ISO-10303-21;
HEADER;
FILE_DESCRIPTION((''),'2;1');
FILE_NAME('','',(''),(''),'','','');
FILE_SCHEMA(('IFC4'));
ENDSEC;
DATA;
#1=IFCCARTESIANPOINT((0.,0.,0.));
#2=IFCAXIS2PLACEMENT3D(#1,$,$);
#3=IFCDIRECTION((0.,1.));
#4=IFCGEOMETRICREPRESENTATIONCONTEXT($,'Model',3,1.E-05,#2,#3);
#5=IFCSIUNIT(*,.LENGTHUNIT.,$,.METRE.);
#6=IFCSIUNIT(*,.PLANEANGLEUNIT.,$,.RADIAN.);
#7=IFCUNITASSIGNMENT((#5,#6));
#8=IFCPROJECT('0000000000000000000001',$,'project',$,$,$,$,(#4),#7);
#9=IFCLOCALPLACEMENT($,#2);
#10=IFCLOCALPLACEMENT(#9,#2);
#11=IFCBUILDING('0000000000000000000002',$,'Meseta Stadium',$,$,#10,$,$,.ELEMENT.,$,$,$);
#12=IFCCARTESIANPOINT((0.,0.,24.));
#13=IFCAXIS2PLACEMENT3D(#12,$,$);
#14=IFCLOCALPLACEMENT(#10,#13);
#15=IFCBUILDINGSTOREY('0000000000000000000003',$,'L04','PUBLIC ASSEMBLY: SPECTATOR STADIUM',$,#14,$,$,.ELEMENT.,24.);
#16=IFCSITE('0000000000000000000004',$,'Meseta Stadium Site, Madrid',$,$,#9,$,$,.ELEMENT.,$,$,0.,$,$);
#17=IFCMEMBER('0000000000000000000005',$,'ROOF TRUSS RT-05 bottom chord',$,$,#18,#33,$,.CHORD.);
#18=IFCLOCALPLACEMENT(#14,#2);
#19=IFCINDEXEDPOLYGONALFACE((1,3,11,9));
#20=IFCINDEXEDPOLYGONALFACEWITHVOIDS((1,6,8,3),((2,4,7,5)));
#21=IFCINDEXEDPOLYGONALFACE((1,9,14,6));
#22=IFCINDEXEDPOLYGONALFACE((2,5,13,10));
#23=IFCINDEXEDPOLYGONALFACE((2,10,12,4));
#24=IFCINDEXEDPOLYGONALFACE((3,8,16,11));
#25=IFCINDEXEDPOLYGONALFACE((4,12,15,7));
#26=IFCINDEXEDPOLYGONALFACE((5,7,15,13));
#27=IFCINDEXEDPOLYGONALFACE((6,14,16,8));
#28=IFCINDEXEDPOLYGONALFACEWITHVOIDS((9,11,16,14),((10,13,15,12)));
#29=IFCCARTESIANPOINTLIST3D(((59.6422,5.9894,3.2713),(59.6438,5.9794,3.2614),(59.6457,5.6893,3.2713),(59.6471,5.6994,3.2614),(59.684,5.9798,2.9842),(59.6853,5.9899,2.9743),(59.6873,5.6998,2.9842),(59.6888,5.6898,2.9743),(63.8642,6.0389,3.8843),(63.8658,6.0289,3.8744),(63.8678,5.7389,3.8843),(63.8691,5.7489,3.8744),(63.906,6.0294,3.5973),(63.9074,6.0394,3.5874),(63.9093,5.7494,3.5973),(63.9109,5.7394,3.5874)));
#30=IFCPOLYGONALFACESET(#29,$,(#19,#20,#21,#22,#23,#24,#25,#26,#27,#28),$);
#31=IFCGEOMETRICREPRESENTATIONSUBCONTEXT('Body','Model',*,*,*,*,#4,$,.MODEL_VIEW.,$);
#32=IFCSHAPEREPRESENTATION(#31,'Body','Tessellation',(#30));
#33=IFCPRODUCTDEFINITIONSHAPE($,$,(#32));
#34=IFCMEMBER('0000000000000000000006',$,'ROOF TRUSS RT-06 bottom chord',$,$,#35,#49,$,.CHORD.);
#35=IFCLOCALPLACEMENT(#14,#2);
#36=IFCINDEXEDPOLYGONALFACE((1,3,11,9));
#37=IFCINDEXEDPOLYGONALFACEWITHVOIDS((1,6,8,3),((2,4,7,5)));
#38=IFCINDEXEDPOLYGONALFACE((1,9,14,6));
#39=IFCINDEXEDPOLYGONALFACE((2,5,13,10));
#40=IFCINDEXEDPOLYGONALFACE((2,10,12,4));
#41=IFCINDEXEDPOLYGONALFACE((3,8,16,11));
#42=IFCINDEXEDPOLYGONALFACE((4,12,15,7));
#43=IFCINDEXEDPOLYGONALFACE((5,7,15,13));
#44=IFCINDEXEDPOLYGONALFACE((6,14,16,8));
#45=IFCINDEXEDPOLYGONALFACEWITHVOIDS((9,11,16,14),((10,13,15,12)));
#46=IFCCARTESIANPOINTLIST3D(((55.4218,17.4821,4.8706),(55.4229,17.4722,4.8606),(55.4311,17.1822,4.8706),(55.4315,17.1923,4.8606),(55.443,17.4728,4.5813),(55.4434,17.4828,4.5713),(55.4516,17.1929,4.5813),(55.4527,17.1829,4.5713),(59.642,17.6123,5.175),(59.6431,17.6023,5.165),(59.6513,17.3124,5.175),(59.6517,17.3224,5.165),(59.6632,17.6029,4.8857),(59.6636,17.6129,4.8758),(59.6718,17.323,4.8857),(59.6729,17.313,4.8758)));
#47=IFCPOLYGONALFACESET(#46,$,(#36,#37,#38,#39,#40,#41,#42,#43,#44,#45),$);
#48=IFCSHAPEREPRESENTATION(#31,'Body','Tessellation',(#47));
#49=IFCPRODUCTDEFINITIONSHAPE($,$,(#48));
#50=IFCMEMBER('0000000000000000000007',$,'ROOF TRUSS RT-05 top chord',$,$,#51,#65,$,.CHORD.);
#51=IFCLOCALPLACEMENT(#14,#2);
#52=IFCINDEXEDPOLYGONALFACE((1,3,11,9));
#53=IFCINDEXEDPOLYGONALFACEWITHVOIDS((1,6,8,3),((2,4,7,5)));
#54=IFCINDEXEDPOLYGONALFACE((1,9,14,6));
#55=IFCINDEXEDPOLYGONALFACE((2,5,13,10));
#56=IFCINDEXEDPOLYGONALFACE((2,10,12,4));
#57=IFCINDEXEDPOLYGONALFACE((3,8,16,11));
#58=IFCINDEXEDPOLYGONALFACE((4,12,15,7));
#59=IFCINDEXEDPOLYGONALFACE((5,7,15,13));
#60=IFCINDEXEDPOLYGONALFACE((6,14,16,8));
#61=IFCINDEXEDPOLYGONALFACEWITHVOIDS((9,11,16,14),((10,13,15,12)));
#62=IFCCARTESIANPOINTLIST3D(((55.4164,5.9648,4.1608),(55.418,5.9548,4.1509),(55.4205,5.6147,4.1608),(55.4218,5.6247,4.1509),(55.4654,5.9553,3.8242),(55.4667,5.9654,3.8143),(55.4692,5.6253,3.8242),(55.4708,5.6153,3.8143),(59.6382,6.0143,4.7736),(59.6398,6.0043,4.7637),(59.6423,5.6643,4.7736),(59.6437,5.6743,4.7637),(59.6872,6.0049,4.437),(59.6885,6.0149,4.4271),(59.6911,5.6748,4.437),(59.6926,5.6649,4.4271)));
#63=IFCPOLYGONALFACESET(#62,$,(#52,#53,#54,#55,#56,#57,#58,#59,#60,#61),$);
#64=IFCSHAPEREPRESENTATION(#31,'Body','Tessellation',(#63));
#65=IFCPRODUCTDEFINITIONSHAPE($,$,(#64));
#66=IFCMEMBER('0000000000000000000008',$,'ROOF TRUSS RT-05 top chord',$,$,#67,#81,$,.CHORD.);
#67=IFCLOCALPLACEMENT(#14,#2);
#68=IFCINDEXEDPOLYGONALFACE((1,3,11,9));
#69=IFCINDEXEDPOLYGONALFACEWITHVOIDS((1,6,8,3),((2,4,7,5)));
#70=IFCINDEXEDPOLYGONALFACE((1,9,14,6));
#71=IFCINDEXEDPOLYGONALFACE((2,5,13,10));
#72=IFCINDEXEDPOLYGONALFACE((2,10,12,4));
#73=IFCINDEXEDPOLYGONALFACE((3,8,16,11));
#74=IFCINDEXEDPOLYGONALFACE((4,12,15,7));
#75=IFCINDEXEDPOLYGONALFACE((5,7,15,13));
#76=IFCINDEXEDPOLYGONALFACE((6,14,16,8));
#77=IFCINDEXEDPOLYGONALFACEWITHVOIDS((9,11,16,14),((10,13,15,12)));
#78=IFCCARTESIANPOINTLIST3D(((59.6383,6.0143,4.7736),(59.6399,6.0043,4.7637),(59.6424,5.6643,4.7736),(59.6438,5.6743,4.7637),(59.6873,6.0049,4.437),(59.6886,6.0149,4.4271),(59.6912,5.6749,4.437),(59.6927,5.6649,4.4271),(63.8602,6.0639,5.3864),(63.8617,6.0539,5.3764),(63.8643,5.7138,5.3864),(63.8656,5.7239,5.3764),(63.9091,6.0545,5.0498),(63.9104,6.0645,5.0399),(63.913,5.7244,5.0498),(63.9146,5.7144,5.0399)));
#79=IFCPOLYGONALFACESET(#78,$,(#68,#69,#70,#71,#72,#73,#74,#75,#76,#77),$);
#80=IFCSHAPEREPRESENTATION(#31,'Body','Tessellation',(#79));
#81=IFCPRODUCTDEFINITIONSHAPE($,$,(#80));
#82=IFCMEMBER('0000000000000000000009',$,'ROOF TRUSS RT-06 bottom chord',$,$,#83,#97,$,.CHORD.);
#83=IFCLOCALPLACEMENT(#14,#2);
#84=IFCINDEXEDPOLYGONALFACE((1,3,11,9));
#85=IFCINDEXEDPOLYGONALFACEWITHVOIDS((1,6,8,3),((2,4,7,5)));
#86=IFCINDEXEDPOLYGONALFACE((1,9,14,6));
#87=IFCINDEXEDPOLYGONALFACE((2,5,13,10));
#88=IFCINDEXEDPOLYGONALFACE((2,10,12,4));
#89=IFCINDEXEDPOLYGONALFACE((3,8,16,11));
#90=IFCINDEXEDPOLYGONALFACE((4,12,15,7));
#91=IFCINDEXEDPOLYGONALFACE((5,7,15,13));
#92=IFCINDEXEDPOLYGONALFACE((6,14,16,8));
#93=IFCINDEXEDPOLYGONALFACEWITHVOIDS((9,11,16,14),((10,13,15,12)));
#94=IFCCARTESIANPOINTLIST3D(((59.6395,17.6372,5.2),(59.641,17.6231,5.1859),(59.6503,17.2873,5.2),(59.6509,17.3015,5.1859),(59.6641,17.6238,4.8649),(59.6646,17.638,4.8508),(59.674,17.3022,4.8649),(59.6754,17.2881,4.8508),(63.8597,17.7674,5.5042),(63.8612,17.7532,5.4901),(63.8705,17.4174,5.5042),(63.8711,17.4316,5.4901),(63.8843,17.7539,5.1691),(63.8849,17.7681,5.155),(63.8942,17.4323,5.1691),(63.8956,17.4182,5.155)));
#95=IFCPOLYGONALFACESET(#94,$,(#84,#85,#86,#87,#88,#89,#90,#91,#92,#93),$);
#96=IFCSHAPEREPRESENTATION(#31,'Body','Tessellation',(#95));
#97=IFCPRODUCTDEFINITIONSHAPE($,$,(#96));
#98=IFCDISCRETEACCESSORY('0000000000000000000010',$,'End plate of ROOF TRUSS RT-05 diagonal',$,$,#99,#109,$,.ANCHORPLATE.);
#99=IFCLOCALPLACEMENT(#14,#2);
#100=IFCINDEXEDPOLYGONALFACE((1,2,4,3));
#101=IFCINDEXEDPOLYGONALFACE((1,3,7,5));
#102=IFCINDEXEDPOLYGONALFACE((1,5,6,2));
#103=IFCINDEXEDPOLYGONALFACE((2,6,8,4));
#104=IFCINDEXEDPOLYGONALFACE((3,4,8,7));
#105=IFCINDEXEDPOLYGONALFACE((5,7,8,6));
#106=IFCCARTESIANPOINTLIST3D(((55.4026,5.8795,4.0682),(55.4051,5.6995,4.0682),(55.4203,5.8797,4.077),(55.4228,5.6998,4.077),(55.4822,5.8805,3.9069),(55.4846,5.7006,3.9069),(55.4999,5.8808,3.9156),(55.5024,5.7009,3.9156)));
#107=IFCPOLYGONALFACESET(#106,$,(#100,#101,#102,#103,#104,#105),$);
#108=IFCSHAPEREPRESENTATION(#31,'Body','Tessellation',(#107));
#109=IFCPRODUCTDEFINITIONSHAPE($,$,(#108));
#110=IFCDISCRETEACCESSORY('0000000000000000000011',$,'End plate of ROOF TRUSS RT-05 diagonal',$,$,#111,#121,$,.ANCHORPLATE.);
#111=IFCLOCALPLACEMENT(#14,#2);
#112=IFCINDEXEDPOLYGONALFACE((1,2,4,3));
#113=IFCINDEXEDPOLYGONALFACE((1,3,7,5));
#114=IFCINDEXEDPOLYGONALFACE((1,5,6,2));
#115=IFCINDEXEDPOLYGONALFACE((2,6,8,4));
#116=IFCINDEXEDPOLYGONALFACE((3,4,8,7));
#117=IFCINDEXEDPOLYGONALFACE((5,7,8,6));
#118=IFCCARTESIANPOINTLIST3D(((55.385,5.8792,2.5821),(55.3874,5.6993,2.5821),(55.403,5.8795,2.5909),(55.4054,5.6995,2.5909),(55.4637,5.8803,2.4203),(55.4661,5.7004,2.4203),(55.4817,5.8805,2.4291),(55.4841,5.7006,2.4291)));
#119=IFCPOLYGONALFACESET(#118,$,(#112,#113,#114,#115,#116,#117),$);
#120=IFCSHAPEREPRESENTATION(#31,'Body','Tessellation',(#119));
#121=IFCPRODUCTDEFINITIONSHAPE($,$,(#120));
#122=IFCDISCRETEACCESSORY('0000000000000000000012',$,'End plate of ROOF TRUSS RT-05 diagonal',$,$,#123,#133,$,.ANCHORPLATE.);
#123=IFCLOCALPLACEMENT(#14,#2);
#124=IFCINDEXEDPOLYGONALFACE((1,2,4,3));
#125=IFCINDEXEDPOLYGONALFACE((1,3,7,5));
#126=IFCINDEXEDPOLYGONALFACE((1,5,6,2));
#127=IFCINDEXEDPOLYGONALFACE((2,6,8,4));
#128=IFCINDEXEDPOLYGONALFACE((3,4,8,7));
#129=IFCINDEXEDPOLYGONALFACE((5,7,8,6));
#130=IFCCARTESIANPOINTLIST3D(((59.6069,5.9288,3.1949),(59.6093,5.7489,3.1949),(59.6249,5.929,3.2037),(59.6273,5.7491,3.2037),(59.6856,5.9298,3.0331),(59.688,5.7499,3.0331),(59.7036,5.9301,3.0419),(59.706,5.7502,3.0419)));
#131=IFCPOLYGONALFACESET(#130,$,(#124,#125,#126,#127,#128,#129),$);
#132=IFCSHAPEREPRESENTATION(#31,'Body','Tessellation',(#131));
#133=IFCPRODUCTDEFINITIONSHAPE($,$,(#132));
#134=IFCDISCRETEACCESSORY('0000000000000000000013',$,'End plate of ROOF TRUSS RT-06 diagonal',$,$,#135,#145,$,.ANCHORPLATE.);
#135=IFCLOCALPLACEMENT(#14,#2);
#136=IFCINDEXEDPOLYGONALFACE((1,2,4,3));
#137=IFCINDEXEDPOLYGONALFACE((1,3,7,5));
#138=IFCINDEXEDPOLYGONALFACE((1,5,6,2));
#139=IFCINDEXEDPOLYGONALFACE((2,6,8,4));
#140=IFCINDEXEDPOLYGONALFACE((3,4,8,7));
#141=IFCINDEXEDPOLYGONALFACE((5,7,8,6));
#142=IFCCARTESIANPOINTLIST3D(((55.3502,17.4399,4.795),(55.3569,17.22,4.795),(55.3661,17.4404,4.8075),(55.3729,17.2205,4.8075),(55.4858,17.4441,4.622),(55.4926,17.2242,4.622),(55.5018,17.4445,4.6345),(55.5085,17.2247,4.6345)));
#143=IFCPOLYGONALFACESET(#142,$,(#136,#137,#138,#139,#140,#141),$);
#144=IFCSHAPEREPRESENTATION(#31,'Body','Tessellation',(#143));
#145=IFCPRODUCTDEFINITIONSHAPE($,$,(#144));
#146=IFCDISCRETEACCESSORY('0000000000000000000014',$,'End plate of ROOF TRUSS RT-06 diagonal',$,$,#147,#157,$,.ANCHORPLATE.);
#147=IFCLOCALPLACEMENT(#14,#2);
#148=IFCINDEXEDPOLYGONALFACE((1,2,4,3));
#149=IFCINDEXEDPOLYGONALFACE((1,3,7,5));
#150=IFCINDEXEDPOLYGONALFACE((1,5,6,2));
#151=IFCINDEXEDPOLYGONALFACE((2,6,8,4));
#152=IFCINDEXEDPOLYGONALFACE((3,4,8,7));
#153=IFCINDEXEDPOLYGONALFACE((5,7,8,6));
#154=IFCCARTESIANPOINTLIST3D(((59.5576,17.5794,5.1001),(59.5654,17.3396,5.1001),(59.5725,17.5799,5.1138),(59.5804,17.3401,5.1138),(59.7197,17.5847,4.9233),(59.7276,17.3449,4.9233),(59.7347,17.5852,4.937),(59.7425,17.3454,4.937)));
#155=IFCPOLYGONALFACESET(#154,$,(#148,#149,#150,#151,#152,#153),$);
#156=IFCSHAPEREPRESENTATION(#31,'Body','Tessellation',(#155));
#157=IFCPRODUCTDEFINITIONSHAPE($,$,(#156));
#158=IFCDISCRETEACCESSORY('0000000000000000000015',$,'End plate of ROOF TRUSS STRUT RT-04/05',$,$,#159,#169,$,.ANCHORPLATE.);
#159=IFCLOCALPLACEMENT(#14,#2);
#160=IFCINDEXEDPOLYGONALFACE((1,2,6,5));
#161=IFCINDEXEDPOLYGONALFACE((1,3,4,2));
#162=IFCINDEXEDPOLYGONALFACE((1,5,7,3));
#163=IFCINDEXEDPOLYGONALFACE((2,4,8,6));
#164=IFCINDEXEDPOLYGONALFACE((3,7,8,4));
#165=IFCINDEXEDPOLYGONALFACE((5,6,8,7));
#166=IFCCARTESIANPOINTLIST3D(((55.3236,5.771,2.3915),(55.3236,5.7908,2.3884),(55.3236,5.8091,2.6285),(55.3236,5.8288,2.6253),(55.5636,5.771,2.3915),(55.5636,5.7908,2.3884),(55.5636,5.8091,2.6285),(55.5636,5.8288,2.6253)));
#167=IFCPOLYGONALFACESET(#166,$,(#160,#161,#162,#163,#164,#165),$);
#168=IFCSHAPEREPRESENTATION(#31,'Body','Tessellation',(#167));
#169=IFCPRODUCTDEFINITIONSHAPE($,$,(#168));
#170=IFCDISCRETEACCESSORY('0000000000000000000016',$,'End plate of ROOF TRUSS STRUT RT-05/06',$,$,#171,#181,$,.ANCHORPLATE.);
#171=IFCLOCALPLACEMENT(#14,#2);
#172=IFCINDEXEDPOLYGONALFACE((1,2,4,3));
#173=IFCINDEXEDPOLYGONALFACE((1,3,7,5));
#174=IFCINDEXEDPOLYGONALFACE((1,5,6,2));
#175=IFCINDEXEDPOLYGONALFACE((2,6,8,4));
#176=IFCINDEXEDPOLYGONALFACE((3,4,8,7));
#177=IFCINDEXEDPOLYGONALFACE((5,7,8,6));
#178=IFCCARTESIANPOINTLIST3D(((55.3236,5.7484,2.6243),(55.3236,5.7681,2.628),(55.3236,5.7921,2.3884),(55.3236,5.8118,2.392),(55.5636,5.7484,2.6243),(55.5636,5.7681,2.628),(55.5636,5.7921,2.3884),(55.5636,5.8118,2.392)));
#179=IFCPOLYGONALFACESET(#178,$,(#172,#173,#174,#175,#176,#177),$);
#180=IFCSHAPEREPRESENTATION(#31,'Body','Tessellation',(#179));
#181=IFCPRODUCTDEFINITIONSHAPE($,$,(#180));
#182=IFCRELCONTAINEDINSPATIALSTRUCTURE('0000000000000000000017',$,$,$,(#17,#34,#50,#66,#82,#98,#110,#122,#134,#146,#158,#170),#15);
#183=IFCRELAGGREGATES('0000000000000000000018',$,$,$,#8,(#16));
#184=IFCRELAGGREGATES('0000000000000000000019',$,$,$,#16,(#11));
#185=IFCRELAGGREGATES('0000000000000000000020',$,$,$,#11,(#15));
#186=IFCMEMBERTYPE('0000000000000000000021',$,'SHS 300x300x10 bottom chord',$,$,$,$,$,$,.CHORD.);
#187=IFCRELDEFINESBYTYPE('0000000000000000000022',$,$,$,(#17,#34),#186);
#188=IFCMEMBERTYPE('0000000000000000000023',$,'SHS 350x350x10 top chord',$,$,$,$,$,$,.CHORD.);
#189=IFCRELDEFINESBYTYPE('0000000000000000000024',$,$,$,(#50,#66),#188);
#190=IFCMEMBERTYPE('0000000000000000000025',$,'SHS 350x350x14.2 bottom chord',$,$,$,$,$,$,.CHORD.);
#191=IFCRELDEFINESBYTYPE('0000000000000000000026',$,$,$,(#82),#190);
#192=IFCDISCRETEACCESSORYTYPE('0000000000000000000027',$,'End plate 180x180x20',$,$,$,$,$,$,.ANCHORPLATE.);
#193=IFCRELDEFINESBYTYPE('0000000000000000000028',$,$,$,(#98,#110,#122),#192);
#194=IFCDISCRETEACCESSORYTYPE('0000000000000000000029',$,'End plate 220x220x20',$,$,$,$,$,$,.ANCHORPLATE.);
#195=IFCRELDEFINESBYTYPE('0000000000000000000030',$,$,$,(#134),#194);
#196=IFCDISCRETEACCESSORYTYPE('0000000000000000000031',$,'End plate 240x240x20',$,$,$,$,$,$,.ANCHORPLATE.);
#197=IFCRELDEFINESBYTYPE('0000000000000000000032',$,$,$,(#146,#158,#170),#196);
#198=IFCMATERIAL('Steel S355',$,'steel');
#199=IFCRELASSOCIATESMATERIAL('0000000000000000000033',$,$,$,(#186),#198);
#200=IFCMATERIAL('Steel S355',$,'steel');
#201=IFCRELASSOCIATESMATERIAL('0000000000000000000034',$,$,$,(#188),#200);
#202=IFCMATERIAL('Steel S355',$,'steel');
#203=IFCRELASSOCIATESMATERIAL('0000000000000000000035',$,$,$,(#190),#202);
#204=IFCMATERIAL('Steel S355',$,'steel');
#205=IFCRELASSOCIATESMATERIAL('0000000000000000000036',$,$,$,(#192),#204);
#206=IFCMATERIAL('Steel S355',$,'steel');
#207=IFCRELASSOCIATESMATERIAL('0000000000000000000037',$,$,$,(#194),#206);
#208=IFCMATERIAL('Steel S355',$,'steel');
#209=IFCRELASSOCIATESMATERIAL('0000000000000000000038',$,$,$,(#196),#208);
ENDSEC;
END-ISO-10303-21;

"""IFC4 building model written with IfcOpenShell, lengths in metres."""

from ifc_helpers import new_model, si_unit, direction, frame, origin, origin_2d, place, context, subcontext, project, spatial, rectangle, hollow_rectangle, extrude, material, material_profile, profile_set, type_object, element, save


model = new_model("IFC4")

# Units and contexts
model_context = context("Model", 3, precision=1e-05, world=origin(), true_north=direction((0.0, 1.0)))
body_context = subcontext(model_context, "Body", "Model", "MODEL_VIEW")
ifc_project = project(units=[si_unit("LENGTHUNIT", "METRE"), si_unit("PLANEANGLEUNIT", "RADIAN")], contexts=[model_context])

# Site, building, storey
site_placement = place(None, origin())
site = spatial("IfcSite", under=ifc_project, at=site_placement, Name="Meseta Stadium Site, Madrid", CompositionType="ELEMENT", RefElevation=0.0)
building_placement = place(site_placement, origin())
building = spatial("IfcBuilding", under=site, at=building_placement, Name="Meseta Stadium", CompositionType="ELEMENT")
storey_placement = place(building_placement, frame((0.0, 0.0, 24.0)))
storey = spatial("IfcBuildingStorey", under=building, at=storey_placement, Name="L04", Description="PUBLIC ASSEMBLY: SPECTATOR STADIUM", CompositionType="ELEMENT", Elevation=24.0)

# Members
ifc_material_1 = material(Name="Steel S355", Category="steel")
ifc_material_profile_1 = material_profile(ifc_material_1, hollow_rectangle(XDim=0.3, YDim=0.3, WallThickness=0.01, at=origin_2d()), Name="SHS 300x300x10")
ifc_profile_set_1 = profile_set([ifc_material_profile_1], Name="Steel S355")
member_type_1 = type_object("IfcMemberType", Name="SHS 300x300x10 bottom chord", PredefinedType="CHORD", material=ifc_profile_set_1)
member_1_placement = place(storey_placement, frame((59.6655, 5.8396, 3.1228), z_axis=(0.989555, 0.011616, 0.143687), x_axis=(-0.011738, 0.999931, 0.0)))
element("IfcMember", 1, at=member_1_placement, inside=storey, type_object=member_type_1, Name="ROOF TRUSS RT-05 bottom chord", PredefinedType="CHORD", context=body_context, shape_type="SweptSolid", body=[
    extrude(hollow_rectangle(XDim=0.3, YDim=0.3, WallThickness=0.01, at=origin_2d()), origin(), (0.0, 0.0, 1.0), 4.2666),
])
member_2_placement = place(storey_placement, frame((55.4373, 17.3325, 4.7209), z_axis=(0.996937, 0.03074, 0.071918), x_axis=(-0.03082, 0.999525, 0.0)))
element("IfcMember", 2, at=member_2_placement, inside=storey, type_object=member_type_1, Name="ROOF TRUSS RT-06 bottom chord", PredefinedType="CHORD", context=body_context, shape_type="SweptSolid", body=[
    extrude(hollow_rectangle(XDim=0.3, YDim=0.3, WallThickness=0.01, at=origin_2d()), origin(), (0.0, 0.0, 1.0), 4.2332),
])
ifc_material_2 = material(Name="Steel S355", Category="steel")
ifc_material_profile_2 = material_profile(ifc_material_2, hollow_rectangle(XDim=0.3501, YDim=0.3501, WallThickness=0.01, at=origin_2d()), Name="SHS 350x350x10")
ifc_profile_set_2 = profile_set([ifc_material_profile_2], Name="Steel S355")
member_type_2 = type_object("IfcMemberType", Name="SHS 350x350x10 top chord", PredefinedType="CHORD", material=ifc_profile_set_2)
for number, where, z_axis, x_axis, name in (
    (3, (55.4436, 5.79, 3.9875), (0.989563, 0.011616, 0.143631), (-0.011738, 0.999931, 0.0), "ROOF TRUSS RT-05 top chord"),
    (4, (59.6655, 5.8396, 4.6003), (0.989563, 0.011616, 0.143631), (-0.011738, 0.999931, 0.0), "ROOF TRUSS RT-05 top chord"),
):
    element("IfcMember", number, at=place(storey_placement, frame(where, z_axis=z_axis, x_axis=x_axis)), inside=storey, type_object=member_type_2, Name=name, PredefinedType="CHORD", context=body_context, shape_type="SweptSolid", body=[
        extrude(hollow_rectangle(XDim=0.3501, YDim=0.3501, WallThickness=0.01, at=origin_2d()), origin(), (0.0, 0.0, 1.0), 4.2664),
    ])
ifc_material_3 = material(Name="Steel S355", Category="steel")
ifc_material_profile_3 = material_profile(ifc_material_3, hollow_rectangle(XDim=0.3501, YDim=0.3501, WallThickness=0.0142, at=origin_2d()), Name="SHS 350x350x14.2")
ifc_profile_set_3 = profile_set([ifc_material_profile_3], Name="Steel S355")
member_type_3 = type_object("IfcMemberType", Name="SHS 350x350x14.2 bottom chord", PredefinedType="CHORD", material=ifc_profile_set_3)
member_3_placement = place(storey_placement, frame((59.6575, 17.4626, 5.0254), z_axis=(0.996941, 0.03074, 0.071861), x_axis=(-0.03082, 0.999525, 0.0)))
element("IfcMember", 5, at=member_3_placement, inside=storey, type_object=member_type_3, Name="ROOF TRUSS RT-06 bottom chord", PredefinedType="CHORD", context=body_context, shape_type="SweptSolid", body=[
    extrude(hollow_rectangle(XDim=0.3501, YDim=0.3501, WallThickness=0.0142, at=origin_2d()), origin(), (0.0, 0.0, 1.0), 4.2332),
])

# Discrete accessories
ifc_material_4 = material(Name="Steel S355", Category="steel")
ifc_material_profile_4 = material_profile(ifc_material_4, rectangle(XDim=0.1799, YDim=0.1799, at=origin_2d()), Name="PL 180x180")
ifc_profile_set_4 = profile_set([ifc_material_profile_4], Name="Steel S355")
discrete_accessory_type_1 = type_object("IfcDiscreteAccessoryType", Name="End plate 180x180x20", PredefinedType="ANCHORPLATE", material=ifc_profile_set_4)
discrete_accessory_1_placement = place(storey_placement, frame((55.4436, 5.79, 3.9875), z_axis=(0.896803, 0.012285, 0.442259), x_axis=(-0.013697, 0.999906, 0.0)))
element("IfcDiscreteAccessory", 6, at=discrete_accessory_1_placement, inside=storey, type_object=discrete_accessory_type_1, Name="End plate of ROOF TRUSS RT-05 diagonal", PredefinedType="ANCHORPLATE", context=body_context, shape_type="SweptSolid", body=[
    extrude(rectangle(XDim=0.1799, YDim=0.1799, at=origin_2d()), origin(), (0.0, 0.0, 1.0), 0.0198),
])
for number, where, z_axis, x_axis, name in (
    (7, (55.4255, 5.7898, 2.5012), (0.899169, 0.012151, 0.437433), (-0.013512, 0.999909, 0.0), "End plate of ROOF TRUSS RT-05 diagonal"),
    (8, (59.6475, 5.8394, 3.114), (0.899169, 0.012151, 0.437433), (-0.013512, 0.999909, 0.0), "End plate of ROOF TRUSS RT-05 diagonal"),
):
    element("IfcDiscreteAccessory", number, at=place(storey_placement, frame(where, z_axis=z_axis, x_axis=x_axis)), inside=storey, type_object=discrete_accessory_type_1, Name=name, PredefinedType="ANCHORPLATE", context=body_context, shape_type="SweptSolid", body=[
        extrude(rectangle(XDim=0.1799, YDim=0.1799, at=origin_2d()), origin(), (0.0, 0.0, 1.0), 0.02),
    ])
ifc_material_5 = material(Name="Steel S355", Category="steel")
ifc_material_profile_5 = material_profile(ifc_material_5, rectangle(XDim=0.22, YDim=0.22, at=origin_2d()), Name="PL 220x220")
ifc_profile_set_5 = profile_set([ifc_material_profile_5], Name="Steel S355")
discrete_accessory_type_2 = type_object("IfcDiscreteAccessoryType", Name="End plate 220x220x20", PredefinedType="ANCHORPLATE", material=ifc_profile_set_5)
discrete_accessory_2_placement = place(storey_placement, frame((55.4214, 17.332, 4.7085), z_axis=(0.786508, 0.0242, 0.617106), x_axis=(-0.030755, 0.999527, 0.0)))
element("IfcDiscreteAccessory", 9, at=discrete_accessory_2_placement, inside=storey, type_object=discrete_accessory_type_2, Name="End plate of ROOF TRUSS RT-06 diagonal", PredefinedType="ANCHORPLATE", context=body_context, shape_type="SweptSolid", body=[
    extrude(rectangle(XDim=0.22, YDim=0.22, at=origin_2d()), origin(), (0.0, 0.0, 1.0), 0.0203),
])
ifc_material_6 = material(Name="Steel S355", Category="steel")
ifc_material_profile_6 = material_profile(ifc_material_6, rectangle(XDim=0.24, YDim=0.24, at=origin_2d()), Name="PL 240x240")
ifc_profile_set_6 = profile_set([ifc_material_profile_6], Name="Steel S355")
discrete_accessory_type_3 = type_object("IfcDiscreteAccessoryType", Name="End plate 240x240x20", PredefinedType="ANCHORPLATE", material=ifc_profile_set_6)
discrete_accessory_3_placement = place(storey_placement, frame((59.6426, 17.4622, 5.0117), z_axis=(0.736438, 0.024146, 0.676074), x_axis=(-0.032769, 0.999463, 0.0)))
element("IfcDiscreteAccessory", 10, at=discrete_accessory_3_placement, inside=storey, type_object=discrete_accessory_type_3, Name="End plate of ROOF TRUSS RT-06 diagonal", PredefinedType="ANCHORPLATE", context=body_context, shape_type="SweptSolid", body=[
    extrude(rectangle(XDim=0.24, YDim=0.24, at=origin_2d()), origin(), (0.0, 0.0, 1.0), 0.0203),
])
for number, where, z_axis, x_axis, name in (
    (11, (55.4436, 5.79, 2.51), (0.0, 0.987364, -0.158466), (-1.0, 0.0, 0.0), "End plate of ROOF TRUSS STRUT RT-04/05"),
    (12, (55.4436, 5.7703, 2.5063), (0.0, 0.983282, 0.182089), (-1.0, 0.0, 0.0), "End plate of ROOF TRUSS STRUT RT-05/06"),
):
    element("IfcDiscreteAccessory", number, at=place(storey_placement, frame(where, z_axis=z_axis, x_axis=x_axis)), inside=storey, type_object=discrete_accessory_type_3, Name=name, PredefinedType="ANCHORPLATE", context=body_context, shape_type="SweptSolid", body=[
        extrude(rectangle(XDim=0.24, YDim=0.24, at=origin_2d()), origin(), (0.0, 0.0, 1.0), 0.02),
    ])

save(model, "model.ifc")
